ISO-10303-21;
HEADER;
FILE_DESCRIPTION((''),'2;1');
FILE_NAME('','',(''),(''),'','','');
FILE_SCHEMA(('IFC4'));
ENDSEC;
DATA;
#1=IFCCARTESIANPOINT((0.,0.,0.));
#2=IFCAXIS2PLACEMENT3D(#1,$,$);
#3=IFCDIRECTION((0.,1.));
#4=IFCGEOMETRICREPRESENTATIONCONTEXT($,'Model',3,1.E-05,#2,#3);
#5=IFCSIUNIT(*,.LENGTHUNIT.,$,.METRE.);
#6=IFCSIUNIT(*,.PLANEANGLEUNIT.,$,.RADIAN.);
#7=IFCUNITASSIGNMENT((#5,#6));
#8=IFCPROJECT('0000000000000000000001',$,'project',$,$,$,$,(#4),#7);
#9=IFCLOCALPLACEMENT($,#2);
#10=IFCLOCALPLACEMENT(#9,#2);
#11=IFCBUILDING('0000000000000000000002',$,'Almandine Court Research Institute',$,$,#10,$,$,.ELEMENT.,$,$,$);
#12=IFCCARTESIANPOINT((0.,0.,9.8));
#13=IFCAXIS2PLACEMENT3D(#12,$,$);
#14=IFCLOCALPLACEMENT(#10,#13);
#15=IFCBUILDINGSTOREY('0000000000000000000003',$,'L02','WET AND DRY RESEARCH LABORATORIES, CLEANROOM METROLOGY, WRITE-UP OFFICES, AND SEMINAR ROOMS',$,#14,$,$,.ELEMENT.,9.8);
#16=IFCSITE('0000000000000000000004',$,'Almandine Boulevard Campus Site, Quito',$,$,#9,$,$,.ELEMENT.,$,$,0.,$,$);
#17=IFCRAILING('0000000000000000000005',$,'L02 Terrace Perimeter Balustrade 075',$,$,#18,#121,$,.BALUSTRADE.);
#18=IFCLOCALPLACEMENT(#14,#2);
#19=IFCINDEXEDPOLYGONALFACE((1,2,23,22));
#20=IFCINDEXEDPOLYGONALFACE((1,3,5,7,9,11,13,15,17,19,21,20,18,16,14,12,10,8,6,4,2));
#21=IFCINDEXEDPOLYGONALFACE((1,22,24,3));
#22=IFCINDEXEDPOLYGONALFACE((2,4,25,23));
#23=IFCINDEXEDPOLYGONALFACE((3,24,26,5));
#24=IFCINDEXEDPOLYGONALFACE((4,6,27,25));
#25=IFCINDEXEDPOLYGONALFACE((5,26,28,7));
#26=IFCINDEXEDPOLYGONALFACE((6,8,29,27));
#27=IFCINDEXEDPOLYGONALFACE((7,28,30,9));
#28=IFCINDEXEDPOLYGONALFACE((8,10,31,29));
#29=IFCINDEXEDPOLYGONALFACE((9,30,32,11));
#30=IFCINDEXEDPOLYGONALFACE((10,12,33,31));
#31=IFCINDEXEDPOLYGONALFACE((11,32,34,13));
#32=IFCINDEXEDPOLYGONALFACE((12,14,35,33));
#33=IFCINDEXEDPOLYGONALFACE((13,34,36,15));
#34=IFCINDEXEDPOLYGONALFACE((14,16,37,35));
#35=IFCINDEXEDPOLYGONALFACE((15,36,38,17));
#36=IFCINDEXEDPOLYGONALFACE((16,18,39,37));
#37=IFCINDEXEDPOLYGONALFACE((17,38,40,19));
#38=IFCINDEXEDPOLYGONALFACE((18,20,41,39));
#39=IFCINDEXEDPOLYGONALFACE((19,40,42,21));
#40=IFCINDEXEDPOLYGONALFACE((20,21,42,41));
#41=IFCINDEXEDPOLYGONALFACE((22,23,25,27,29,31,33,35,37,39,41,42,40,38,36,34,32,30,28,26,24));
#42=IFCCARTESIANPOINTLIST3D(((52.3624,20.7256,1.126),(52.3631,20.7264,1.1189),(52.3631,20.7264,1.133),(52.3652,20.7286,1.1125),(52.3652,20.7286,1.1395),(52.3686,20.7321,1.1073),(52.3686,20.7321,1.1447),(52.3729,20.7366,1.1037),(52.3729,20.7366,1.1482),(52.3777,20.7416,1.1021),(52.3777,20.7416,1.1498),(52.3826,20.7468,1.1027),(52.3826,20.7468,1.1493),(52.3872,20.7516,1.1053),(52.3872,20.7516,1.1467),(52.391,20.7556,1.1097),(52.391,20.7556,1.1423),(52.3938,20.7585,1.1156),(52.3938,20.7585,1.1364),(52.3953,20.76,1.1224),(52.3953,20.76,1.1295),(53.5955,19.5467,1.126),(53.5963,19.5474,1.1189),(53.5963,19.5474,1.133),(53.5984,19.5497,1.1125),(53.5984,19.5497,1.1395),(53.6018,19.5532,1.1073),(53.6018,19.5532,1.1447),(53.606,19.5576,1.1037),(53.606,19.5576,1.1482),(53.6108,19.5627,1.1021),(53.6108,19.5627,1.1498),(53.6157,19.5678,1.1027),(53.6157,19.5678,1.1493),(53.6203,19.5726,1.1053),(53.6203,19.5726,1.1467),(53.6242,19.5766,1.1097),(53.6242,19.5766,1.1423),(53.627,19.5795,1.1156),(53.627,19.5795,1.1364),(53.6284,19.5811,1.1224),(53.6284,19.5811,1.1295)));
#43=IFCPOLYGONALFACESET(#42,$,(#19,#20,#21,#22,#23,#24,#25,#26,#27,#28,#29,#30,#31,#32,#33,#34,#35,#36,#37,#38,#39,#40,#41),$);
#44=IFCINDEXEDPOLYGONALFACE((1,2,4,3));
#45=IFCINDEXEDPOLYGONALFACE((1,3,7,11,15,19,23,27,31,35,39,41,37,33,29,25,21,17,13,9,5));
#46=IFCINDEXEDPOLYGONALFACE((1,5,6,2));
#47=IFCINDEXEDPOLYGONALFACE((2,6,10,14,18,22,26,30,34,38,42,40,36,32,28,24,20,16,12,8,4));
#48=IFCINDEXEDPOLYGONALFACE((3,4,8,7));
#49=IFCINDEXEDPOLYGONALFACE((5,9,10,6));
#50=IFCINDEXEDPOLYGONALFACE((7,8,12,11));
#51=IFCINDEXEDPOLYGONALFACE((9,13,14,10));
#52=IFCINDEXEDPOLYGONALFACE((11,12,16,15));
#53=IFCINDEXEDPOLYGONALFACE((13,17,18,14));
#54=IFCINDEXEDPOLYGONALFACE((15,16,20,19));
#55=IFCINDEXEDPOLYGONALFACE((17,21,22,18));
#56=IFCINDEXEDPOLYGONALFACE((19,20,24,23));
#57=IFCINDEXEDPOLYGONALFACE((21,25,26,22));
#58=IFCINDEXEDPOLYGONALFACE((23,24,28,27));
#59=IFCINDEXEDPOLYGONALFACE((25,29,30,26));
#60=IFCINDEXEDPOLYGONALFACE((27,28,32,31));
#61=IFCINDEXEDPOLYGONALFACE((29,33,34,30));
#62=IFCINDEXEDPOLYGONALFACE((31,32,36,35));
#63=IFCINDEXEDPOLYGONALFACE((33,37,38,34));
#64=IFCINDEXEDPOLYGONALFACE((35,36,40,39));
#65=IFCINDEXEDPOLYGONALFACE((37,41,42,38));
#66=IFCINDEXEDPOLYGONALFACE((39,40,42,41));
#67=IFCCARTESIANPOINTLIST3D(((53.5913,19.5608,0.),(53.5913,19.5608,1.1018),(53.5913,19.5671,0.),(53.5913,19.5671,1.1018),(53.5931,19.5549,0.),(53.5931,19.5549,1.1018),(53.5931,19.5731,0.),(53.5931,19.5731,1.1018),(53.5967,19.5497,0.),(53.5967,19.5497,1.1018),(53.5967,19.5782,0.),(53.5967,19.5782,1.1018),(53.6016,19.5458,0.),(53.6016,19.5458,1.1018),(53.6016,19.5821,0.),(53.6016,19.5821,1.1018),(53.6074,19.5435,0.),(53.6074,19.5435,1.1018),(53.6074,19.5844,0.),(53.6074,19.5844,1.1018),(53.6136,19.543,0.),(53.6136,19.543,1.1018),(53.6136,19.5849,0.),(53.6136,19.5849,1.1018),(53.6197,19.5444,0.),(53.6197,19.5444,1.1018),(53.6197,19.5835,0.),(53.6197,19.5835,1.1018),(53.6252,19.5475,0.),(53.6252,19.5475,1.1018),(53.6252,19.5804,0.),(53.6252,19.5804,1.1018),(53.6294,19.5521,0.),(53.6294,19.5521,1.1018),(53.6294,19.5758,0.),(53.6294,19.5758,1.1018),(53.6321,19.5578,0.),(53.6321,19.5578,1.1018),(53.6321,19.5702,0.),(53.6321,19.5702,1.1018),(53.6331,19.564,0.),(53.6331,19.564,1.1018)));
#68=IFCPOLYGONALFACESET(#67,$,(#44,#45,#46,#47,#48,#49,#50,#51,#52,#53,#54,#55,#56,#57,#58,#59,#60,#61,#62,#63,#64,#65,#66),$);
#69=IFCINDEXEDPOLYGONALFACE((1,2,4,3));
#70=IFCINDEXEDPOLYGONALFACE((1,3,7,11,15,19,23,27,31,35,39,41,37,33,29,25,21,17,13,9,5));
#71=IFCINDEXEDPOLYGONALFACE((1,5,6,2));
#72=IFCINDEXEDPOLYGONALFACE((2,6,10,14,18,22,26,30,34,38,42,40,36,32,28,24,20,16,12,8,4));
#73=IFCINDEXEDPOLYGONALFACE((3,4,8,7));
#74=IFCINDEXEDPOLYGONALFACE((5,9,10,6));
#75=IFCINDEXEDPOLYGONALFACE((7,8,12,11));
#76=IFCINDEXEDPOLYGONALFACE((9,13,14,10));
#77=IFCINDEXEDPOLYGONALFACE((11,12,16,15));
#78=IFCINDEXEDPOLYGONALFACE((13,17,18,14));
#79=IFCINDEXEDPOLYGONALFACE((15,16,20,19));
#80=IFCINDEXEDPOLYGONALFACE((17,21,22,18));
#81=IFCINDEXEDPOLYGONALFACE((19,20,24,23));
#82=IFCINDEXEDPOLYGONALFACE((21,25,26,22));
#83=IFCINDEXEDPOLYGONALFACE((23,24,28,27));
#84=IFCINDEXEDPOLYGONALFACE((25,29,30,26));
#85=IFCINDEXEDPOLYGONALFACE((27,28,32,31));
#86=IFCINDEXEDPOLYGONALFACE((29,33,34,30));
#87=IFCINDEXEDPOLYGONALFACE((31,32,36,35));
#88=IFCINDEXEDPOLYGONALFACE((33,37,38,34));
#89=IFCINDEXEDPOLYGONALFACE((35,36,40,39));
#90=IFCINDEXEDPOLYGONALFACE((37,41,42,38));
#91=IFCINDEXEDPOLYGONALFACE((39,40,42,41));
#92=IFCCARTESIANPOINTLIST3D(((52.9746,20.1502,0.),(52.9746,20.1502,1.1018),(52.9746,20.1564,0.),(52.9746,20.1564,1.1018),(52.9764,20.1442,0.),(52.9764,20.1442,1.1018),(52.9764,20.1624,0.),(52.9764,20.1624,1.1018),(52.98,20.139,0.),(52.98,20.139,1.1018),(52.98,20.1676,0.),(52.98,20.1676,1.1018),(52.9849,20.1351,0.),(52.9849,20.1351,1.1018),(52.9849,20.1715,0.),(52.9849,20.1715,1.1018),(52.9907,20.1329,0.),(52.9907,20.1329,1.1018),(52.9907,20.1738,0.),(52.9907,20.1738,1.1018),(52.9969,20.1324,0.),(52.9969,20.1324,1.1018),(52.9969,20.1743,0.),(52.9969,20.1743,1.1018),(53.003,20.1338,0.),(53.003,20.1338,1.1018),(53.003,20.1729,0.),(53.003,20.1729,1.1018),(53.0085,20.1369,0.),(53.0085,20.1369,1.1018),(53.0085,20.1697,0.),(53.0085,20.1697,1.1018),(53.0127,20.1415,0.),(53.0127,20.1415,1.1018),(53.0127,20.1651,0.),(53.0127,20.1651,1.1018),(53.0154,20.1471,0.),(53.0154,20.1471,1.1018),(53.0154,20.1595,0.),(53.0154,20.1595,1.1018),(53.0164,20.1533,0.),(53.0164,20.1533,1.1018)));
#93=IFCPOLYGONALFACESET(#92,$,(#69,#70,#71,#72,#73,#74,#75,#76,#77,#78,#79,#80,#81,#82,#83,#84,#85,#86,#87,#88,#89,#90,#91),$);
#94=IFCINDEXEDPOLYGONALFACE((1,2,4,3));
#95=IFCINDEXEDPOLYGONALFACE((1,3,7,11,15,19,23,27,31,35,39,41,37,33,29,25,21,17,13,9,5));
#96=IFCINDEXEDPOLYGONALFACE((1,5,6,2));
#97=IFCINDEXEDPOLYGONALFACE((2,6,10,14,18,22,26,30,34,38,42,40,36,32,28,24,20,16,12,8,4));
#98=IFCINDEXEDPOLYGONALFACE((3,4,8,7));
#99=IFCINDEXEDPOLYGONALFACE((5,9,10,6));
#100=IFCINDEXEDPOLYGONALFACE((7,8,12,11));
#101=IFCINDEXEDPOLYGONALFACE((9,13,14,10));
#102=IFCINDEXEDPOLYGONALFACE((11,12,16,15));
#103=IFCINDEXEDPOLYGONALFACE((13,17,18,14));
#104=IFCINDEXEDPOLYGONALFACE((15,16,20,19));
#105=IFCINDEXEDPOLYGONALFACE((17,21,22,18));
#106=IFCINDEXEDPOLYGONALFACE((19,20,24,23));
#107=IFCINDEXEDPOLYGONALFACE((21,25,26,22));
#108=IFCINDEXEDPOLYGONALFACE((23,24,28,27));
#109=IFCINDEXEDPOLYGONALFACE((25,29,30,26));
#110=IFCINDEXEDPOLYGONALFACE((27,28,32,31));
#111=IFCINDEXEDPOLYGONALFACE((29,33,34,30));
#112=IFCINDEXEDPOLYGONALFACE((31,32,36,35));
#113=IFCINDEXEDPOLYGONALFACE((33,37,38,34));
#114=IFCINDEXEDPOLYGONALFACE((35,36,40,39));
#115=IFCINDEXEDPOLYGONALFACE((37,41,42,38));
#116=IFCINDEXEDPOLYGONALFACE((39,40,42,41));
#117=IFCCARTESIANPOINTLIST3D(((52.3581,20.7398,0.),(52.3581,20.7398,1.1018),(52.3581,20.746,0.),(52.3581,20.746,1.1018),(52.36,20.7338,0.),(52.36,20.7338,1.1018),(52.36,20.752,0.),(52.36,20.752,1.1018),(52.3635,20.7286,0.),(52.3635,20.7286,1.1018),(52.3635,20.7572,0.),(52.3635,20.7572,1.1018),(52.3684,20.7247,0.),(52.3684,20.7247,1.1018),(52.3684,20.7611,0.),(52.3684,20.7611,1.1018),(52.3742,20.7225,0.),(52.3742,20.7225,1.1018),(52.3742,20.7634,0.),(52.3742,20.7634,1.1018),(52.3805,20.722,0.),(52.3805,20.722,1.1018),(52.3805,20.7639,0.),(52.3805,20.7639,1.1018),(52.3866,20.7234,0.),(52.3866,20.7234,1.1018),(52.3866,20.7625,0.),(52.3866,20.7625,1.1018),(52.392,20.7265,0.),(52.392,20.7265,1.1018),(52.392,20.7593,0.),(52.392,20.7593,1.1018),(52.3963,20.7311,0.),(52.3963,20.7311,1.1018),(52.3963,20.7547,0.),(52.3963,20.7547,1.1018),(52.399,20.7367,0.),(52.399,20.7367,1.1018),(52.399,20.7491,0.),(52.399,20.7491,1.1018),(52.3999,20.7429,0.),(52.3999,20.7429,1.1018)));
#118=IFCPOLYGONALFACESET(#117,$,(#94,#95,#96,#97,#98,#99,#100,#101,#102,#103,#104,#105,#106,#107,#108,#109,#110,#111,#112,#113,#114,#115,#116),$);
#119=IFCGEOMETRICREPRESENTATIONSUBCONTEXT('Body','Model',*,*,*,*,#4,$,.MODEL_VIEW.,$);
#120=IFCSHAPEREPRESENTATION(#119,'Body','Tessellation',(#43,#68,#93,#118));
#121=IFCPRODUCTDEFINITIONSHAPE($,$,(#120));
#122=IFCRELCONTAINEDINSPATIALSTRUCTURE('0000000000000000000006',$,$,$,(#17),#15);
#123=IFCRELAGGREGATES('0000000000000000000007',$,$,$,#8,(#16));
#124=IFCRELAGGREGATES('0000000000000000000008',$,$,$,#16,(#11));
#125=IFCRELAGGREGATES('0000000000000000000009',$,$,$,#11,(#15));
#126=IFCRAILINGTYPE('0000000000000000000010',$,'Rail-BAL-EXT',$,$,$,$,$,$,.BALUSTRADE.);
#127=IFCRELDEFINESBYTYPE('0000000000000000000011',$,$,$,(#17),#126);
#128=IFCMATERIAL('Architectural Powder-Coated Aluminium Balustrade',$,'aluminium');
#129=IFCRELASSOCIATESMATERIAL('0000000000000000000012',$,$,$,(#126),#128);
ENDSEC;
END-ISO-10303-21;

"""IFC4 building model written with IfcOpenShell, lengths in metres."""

from ifc_helpers import new_model, si_unit, direction, frame, origin, origin_2d, place, context, subcontext, project, spatial, circle, extrude, material, type_object, element, save


model = new_model("IFC4")

# Units and contexts
model_context = context("Model", 3, precision=1e-05, world=origin(), true_north=direction((0.0, 1.0)))
body_context = subcontext(model_context, "Body", "Model", "MODEL_VIEW")
ifc_project = project(units=[si_unit("LENGTHUNIT", "METRE"), si_unit("PLANEANGLEUNIT", "RADIAN")], contexts=[model_context])

# Site, building, storey
site_placement = place(None, origin())
site = spatial("IfcSite", under=ifc_project, at=site_placement, Name="Almandine Boulevard Campus Site, Quito", CompositionType="ELEMENT", RefElevation=0.0)
building_placement = place(site_placement, origin())
building = spatial("IfcBuilding", under=site, at=building_placement, Name="Almandine Court Research Institute", CompositionType="ELEMENT")
storey_placement = place(building_placement, frame((0.0, 0.0, 9.8)))
storey = spatial("IfcBuildingStorey", under=building, at=storey_placement, Name="L02", Description="WET AND DRY RESEARCH LABORATORIES, CLEANROOM METROLOGY, WRITE-UP OFFICES, AND SEMINAR ROOMS", CompositionType="ELEMENT", Elevation=9.8)

# Railing
ifc_material_1 = material(Name="Architectural Powder-Coated Aluminium Balustrade", Category="aluminium")
railing_type = type_object("IfcRailingType", Name="Rail-BAL-EXT", PredefinedType="BALUSTRADE", material=ifc_material_1)
railing_placement = place(storey_placement, frame((53.6121, 19.564, 0.0)))
element("IfcRailing", 1, at=railing_placement, inside=storey, type_object=railing_type, Name="L02 Terrace Perimeter Balustrade 075", PredefinedType="BALUSTRADE", context=body_context, shape_type="SweptSolid", body=[
    extrude(circle(Radius=0.0239, at=origin_2d()), frame((0.0, 0.0, 1.126), z_axis=(-0.722813, 0.691044, 0.0), x_axis=(-0.691044, -0.722813, 0.0)), (0.0, 0.0, 1.0), 1.7061),
    extrude(circle(Radius=0.021, at=origin_2d()), origin(), (0.0, 0.0, 1.0), 1.1018),
    extrude(circle(Radius=0.021, at=origin_2d()), frame((-0.6167, 0.5894, 0.0)), (0.0, 0.0, 1.0), 1.1018),
    extrude(circle(Radius=0.021, at=origin_2d()), frame((-1.2332, 1.179, 0.0)), (0.0, 0.0, 1.0), 1.1018),
])

save(model, "model.ifc")
